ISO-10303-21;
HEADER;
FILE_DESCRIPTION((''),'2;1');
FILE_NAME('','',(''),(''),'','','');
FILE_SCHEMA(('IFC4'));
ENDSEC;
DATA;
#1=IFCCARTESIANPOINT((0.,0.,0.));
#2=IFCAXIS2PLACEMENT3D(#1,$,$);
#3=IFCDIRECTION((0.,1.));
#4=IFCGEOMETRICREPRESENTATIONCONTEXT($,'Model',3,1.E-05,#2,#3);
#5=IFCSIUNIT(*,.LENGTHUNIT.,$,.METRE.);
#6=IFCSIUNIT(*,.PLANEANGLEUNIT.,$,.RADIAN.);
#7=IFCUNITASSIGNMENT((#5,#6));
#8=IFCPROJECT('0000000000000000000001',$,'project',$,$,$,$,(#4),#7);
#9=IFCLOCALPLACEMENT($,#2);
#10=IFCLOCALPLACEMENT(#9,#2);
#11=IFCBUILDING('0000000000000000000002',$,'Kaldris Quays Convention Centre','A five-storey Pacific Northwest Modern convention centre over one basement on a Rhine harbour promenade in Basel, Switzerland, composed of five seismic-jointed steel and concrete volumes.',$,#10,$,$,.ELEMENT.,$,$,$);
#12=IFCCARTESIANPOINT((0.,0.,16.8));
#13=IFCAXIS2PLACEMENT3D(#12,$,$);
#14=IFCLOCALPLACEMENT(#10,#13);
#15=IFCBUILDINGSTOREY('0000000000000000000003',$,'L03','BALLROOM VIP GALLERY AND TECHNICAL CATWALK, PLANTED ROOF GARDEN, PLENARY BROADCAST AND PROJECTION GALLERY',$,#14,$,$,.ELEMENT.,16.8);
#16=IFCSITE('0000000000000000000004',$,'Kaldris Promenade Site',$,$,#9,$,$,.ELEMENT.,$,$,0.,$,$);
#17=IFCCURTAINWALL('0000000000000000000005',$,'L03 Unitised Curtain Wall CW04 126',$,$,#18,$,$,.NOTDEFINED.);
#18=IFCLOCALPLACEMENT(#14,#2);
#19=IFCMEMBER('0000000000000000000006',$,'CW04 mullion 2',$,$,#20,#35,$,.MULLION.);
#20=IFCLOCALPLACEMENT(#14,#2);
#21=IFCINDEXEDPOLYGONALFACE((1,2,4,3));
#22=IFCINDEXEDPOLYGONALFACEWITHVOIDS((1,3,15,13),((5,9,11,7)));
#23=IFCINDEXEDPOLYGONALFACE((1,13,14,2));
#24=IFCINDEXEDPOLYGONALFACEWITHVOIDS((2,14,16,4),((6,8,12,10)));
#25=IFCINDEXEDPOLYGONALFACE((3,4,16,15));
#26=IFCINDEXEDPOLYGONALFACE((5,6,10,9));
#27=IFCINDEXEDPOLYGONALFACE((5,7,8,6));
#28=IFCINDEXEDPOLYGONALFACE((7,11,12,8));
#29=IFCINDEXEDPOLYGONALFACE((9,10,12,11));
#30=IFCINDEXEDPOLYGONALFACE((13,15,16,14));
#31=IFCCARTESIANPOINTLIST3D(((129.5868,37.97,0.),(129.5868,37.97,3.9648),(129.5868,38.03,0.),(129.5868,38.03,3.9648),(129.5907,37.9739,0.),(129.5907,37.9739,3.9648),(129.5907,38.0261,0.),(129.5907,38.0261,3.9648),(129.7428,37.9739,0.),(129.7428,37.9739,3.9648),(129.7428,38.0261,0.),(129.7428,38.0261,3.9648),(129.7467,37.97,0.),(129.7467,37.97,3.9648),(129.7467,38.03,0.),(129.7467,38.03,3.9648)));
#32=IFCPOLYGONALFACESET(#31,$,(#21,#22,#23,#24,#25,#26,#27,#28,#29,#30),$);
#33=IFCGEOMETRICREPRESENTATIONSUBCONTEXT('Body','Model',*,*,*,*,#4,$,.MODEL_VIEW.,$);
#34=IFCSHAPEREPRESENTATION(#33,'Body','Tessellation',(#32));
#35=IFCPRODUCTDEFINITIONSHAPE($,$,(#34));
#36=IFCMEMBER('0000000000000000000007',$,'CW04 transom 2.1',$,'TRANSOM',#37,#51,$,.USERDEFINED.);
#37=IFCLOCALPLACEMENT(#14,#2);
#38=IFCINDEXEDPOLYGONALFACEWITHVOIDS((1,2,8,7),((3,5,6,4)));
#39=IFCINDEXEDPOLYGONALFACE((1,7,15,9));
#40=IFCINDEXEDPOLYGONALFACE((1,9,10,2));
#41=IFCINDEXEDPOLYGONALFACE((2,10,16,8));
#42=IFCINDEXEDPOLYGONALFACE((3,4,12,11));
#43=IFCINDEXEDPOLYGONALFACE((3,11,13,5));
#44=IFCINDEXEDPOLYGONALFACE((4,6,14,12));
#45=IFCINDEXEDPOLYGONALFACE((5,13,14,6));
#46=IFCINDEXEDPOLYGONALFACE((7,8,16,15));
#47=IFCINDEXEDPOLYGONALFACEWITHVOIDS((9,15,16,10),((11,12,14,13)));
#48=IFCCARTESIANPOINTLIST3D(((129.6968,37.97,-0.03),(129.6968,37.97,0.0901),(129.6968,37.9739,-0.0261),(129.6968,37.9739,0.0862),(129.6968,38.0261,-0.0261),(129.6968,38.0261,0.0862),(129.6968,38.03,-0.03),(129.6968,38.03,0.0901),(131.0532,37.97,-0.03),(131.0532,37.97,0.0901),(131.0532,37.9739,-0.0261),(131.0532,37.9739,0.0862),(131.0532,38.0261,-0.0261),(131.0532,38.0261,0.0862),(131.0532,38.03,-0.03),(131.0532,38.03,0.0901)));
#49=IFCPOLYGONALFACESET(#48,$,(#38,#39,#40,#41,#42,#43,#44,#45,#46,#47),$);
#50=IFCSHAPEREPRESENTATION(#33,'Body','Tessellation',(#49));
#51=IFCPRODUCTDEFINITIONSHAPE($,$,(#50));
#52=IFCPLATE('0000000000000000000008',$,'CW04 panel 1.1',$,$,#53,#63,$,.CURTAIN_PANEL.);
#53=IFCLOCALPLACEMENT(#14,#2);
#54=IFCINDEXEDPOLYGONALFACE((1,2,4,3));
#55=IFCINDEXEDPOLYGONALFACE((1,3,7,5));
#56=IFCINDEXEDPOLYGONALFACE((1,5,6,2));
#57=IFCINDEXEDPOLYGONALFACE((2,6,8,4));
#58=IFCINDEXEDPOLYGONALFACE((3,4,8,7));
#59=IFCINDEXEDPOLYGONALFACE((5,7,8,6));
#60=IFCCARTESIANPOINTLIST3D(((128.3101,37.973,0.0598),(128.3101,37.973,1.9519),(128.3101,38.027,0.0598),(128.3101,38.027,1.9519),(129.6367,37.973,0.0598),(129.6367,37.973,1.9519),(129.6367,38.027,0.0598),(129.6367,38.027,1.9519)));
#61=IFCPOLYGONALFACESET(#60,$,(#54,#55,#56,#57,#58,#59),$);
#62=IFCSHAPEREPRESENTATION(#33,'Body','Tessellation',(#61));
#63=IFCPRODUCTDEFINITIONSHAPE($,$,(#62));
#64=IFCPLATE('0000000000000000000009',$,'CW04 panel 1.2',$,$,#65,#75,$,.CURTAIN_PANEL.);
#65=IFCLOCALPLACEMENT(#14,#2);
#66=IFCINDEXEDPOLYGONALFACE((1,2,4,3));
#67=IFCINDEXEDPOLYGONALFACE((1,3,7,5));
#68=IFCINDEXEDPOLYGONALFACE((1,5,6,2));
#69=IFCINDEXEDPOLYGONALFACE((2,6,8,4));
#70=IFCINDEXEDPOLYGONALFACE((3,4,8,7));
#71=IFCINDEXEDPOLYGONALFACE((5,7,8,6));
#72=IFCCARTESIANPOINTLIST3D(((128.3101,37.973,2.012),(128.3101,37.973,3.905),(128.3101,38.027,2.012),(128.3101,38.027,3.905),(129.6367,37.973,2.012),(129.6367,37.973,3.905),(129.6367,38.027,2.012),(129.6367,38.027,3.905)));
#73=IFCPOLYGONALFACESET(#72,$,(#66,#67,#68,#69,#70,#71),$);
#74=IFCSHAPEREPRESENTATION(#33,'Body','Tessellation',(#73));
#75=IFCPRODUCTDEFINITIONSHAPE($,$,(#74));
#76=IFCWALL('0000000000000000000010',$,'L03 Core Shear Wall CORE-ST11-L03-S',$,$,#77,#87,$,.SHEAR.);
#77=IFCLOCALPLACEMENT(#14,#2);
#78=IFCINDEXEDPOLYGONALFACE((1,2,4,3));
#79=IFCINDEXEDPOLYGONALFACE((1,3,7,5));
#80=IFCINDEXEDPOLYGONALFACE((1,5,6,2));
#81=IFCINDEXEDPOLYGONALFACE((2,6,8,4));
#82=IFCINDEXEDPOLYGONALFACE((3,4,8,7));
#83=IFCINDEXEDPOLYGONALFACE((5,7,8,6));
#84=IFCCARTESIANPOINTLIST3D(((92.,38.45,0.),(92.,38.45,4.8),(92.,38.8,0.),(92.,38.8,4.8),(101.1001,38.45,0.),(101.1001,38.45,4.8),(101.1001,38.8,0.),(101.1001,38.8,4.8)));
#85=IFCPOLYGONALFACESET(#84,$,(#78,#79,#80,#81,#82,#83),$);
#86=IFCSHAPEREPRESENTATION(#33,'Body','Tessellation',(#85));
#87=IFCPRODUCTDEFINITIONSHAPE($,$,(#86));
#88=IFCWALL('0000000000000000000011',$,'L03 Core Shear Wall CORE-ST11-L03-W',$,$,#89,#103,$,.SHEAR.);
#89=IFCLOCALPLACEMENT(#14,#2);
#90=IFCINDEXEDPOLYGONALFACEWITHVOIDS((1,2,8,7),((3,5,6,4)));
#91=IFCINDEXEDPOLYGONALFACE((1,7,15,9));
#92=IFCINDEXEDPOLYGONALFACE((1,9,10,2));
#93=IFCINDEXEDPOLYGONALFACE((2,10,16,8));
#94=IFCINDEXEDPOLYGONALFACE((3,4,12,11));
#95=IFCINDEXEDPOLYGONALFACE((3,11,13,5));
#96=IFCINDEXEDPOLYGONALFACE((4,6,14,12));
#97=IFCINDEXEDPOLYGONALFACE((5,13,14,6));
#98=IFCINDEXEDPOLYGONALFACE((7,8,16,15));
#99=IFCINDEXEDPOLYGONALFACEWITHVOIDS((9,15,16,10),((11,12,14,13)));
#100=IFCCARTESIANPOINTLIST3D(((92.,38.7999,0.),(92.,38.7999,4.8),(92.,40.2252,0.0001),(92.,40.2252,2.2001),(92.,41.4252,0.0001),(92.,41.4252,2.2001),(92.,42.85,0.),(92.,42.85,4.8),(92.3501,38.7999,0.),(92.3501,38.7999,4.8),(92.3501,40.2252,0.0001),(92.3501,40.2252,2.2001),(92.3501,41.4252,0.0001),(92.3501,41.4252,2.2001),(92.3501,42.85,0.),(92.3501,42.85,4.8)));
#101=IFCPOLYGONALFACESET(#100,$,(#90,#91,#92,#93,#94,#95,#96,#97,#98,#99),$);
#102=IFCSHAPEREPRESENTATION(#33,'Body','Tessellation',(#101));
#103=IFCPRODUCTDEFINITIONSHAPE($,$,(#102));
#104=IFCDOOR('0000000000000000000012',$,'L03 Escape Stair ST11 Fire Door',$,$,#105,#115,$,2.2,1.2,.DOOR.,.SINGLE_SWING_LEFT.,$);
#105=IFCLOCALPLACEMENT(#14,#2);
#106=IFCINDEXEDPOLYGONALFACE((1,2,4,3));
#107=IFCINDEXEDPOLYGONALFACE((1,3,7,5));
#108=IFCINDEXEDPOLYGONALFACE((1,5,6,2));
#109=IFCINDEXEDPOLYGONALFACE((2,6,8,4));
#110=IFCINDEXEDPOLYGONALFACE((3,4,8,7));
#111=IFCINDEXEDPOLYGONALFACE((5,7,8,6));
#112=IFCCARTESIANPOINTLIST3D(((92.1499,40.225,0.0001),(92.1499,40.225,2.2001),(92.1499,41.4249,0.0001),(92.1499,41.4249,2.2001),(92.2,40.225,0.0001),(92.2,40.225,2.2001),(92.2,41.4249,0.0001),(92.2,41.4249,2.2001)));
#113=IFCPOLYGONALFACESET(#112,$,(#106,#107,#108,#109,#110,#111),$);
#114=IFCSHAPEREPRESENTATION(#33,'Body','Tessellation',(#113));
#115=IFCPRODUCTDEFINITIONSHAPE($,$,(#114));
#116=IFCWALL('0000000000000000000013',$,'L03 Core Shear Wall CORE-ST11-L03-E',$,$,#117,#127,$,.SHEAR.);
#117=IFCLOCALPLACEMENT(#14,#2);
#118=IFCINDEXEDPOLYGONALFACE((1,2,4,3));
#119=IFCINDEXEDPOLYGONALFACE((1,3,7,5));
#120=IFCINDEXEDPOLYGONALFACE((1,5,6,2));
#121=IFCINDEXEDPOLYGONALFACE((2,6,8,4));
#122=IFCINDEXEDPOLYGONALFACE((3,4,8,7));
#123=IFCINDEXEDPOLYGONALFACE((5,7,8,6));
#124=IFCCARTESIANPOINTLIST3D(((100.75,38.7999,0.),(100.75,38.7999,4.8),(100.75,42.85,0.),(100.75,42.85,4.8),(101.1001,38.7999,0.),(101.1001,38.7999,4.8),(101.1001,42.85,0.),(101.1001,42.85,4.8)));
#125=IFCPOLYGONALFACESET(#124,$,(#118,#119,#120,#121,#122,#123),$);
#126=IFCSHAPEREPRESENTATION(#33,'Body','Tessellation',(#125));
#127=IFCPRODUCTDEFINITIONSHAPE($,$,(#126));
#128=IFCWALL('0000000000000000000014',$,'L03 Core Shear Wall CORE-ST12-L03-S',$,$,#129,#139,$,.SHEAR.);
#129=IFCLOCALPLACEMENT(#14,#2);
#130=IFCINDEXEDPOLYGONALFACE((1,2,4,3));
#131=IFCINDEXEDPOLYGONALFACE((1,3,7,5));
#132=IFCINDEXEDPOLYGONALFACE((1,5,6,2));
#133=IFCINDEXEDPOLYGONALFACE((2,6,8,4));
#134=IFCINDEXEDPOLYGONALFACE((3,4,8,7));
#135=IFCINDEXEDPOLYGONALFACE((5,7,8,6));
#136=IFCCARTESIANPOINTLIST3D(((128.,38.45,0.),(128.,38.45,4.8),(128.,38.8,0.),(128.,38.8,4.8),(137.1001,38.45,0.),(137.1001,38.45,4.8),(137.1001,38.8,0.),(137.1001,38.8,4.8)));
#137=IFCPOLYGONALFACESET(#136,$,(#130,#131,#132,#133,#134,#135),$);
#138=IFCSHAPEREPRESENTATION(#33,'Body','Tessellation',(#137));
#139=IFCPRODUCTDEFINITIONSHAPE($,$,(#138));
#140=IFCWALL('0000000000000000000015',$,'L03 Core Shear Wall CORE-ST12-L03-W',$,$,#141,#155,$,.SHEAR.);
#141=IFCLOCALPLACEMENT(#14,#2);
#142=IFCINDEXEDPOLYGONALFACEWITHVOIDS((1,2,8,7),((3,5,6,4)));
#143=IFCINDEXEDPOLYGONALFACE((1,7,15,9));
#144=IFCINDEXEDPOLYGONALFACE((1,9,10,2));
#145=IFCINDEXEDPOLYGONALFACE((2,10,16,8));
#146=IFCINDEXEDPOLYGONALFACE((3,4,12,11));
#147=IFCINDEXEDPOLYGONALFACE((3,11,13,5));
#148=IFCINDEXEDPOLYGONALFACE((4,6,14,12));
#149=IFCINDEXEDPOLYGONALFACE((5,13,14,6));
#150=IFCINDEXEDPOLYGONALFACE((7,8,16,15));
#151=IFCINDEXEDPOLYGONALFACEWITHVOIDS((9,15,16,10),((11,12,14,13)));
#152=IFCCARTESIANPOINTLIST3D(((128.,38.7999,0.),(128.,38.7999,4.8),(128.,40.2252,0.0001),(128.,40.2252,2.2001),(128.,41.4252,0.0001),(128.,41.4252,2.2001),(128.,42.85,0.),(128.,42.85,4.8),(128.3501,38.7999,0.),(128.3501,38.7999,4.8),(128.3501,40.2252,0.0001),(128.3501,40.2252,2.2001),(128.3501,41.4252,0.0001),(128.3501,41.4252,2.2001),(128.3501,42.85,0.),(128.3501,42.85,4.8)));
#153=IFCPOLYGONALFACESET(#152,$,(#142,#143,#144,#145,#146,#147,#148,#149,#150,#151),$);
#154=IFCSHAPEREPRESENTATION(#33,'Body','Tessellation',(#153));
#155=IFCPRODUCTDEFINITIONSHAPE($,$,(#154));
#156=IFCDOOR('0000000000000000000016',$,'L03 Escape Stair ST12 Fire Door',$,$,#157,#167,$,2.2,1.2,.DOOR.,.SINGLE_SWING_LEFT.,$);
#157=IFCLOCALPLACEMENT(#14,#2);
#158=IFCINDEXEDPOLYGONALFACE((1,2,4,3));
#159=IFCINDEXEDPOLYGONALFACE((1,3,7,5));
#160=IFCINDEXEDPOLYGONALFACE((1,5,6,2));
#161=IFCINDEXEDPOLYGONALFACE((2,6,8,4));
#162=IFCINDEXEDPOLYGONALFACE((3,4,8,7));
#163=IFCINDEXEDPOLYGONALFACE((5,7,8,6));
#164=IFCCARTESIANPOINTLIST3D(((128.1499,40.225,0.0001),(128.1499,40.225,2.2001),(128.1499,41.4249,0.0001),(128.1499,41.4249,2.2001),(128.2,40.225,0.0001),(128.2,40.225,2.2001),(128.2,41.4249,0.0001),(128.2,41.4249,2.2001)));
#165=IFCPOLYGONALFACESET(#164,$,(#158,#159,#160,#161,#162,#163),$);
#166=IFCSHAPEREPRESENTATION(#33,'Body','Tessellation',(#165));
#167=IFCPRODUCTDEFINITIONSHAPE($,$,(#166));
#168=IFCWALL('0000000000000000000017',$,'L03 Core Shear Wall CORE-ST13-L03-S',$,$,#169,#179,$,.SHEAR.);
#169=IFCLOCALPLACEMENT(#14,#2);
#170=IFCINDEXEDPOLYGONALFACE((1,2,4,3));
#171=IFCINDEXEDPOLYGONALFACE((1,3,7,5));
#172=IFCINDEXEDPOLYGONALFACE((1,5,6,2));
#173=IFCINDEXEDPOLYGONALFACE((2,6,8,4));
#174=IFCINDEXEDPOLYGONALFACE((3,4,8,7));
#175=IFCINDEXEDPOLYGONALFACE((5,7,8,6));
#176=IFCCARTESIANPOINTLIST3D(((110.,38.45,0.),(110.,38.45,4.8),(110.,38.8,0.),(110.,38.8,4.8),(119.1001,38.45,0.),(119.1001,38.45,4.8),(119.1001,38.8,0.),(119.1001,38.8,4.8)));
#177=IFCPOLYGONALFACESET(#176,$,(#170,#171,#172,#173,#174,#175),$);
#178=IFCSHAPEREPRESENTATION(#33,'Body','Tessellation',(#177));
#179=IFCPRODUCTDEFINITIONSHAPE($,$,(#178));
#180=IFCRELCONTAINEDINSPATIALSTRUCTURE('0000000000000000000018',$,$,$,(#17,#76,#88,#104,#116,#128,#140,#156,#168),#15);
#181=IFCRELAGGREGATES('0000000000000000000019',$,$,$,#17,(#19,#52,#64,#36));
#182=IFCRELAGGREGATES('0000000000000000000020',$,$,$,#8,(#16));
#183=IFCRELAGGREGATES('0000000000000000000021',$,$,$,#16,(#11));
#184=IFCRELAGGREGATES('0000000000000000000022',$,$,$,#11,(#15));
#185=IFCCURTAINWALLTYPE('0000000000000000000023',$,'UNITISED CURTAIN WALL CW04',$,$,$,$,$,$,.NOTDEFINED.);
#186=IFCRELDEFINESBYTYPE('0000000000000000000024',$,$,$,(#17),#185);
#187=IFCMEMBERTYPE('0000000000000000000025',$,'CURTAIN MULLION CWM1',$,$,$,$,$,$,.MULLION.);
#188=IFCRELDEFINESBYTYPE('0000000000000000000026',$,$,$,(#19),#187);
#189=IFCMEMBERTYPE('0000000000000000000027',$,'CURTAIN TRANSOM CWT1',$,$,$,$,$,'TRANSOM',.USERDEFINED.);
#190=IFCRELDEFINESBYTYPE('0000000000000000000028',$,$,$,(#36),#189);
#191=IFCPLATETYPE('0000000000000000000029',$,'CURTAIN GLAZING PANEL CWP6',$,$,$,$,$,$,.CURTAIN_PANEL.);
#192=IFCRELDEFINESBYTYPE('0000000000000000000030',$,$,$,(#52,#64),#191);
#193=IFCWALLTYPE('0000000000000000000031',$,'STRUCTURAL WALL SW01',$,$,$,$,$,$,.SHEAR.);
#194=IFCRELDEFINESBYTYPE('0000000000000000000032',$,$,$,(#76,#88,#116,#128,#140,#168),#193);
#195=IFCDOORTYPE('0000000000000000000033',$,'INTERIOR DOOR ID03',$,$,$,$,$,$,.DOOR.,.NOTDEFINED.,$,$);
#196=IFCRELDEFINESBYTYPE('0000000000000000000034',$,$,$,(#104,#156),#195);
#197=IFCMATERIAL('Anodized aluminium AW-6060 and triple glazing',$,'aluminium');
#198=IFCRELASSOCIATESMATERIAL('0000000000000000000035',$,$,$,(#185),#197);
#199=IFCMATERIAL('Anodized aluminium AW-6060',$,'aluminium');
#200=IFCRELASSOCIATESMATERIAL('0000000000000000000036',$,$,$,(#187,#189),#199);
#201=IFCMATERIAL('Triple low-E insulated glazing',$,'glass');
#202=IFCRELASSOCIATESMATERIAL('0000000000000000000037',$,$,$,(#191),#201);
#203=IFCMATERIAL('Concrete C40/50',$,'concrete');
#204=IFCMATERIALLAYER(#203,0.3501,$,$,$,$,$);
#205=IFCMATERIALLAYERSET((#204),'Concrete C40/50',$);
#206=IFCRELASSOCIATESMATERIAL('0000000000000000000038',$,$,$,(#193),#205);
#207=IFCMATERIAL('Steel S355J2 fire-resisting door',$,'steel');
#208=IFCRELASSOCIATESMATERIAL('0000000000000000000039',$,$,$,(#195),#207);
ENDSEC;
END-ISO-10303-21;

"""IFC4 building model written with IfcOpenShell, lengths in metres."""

from ifc_helpers import new_model, si_unit, direction, frame, frame_2d, origin, origin_2d, place, context, subcontext, project, spatial, rectangle, hollow_rectangle, extrude, material, layer, layer_set, material_profile, profile_set, type_object, element, fill, aggregate, save


model = new_model("IFC4")

# Units and contexts
model_context = context("Model", 3, precision=1e-05, world=origin(), true_north=direction((0.0, 1.0)))
body_context = subcontext(model_context, "Body", "Model", "MODEL_VIEW")
ifc_project = project(units=[si_unit("LENGTHUNIT", "METRE"), si_unit("PLANEANGLEUNIT", "RADIAN")], contexts=[model_context])

# Site, building, storey
site_placement = place(None, origin())
site = spatial("IfcSite", under=ifc_project, at=site_placement, Name="Kaldris Promenade Site", CompositionType="ELEMENT", RefElevation=0.0)
building_placement = place(site_placement, origin())
building = spatial("IfcBuilding", under=site, at=building_placement, Name="Kaldris Quays Convention Centre", Description="A five-storey Pacific Northwest Modern convention centre over one basement on a Rhine harbour promenade in Basel, Switzerland, composed of five seismic-jointed steel and concrete volumes.", CompositionType="ELEMENT")
storey_placement = place(building_placement, frame((0.0, 0.0, 16.8)))
storey = spatial("IfcBuildingStorey", under=building, at=storey_placement, Name="L03", Description="BALLROOM VIP GALLERY AND TECHNICAL CATWALK, PLANTED ROOF GARDEN, PLENARY BROADCAST AND PROJECTION GALLERY", CompositionType="ELEMENT", Elevation=16.8)

# Curtain wall, members, plates
ifc_material_1 = material(Name="Anodized aluminium AW-6060 and triple glazing", Category="aluminium")
curtain_wall_type = type_object("IfcCurtainWallType", Name="UNITISED CURTAIN WALL CW04", PredefinedType="NOTDEFINED", material=ifc_material_1)
curtain_wall_placement = place(storey_placement, origin())
curtain_wall = element("IfcCurtainWall", 1, at=curtain_wall_placement, inside=storey, type_object=curtain_wall_type, Name="L03 Unitised Curtain Wall CW04 126", PredefinedType="NOTDEFINED")
ifc_material_2 = material(Name="Anodized aluminium AW-6060", Category="aluminium")
ifc_material_profile_1 = material_profile(ifc_material_2, hollow_rectangle(XDim=0.0601, YDim=0.1599, WallThickness=0.0039, at=origin_2d()), Name="RHS 160x60x4")
ifc_profile_set_1 = profile_set([ifc_material_profile_1], Name="Anodized aluminium AW-6060")
member_type_1 = type_object("IfcMemberType", Name="CURTAIN MULLION CWM1", PredefinedType="MULLION", material=ifc_profile_set_1)
member_1_placement = place(storey_placement, frame((129.6667, 38.0, 0.0), z_axis=(0.0, 0.0, 1.0), x_axis=(0.0, 1.0, 0.0)))
member_1 = element("IfcMember", 2, at=member_1_placement, type_object=member_type_1, Name="CW04 mullion 2", PredefinedType="MULLION", context=body_context, shape_type="SweptSolid", body=[
    extrude(hollow_rectangle(XDim=0.0601, YDim=0.1599, WallThickness=0.0039, at=origin_2d()), origin(), (0.0, 0.0, 1.0), 3.9648),
])
ifc_material_profile_2 = material_profile(ifc_material_2, hollow_rectangle(XDim=0.0601, YDim=0.1201, WallThickness=0.0039, at=origin_2d()), Name="RHS 120x60x4")
ifc_profile_set_2 = profile_set([ifc_material_profile_2], Name="Anodized aluminium AW-6060")
member_type_2 = type_object("IfcMemberType", Name="CURTAIN TRANSOM CWT1", ElementType="TRANSOM", PredefinedType="USERDEFINED", material=ifc_profile_set_2)
member_2_placement = place(storey_placement, frame((129.6968, 38.0, 0.03), z_axis=(1.0, 0.0, 0.0), x_axis=(0.0, 1.0, 0.0)))
member_2 = element("IfcMember", 3, at=member_2_placement, type_object=member_type_2, Name="CW04 transom 2.1", ObjectType="TRANSOM", PredefinedType="USERDEFINED", context=body_context, shape_type="SweptSolid", body=[
    extrude(hollow_rectangle(XDim=0.0601, YDim=0.1201, WallThickness=0.0039, at=origin_2d()), origin(), (0.0, 0.0, 1.0), 1.3564),
])
ifc_material_3 = material(Name="Triple low-E insulated glazing", Category="glass")
plate_type = type_object("IfcPlateType", Name="CURTAIN GLAZING PANEL CWP6", PredefinedType="CURTAIN_PANEL", material=ifc_material_3)
plate_1_placement = place(storey_placement, frame((128.9734, 38.0, 0.0598), z_axis=(0.0, 0.0, 1.0), x_axis=(1.0, 0.0, 0.0)))
plate_1 = element("IfcPlate", 4, at=plate_1_placement, type_object=plate_type, Name="CW04 panel 1.1", PredefinedType="CURTAIN_PANEL", context=body_context, shape_type="SweptSolid", body=[
    extrude(rectangle(XDim=1.3267, YDim=0.054, at=origin_2d()), origin(), (0.0, 0.0, 1.0), 1.8921),
])
plate_2_placement = place(storey_placement, frame((128.9734, 38.0, 2.012), z_axis=(0.0, 0.0, 1.0), x_axis=(1.0, 0.0, 0.0)))
plate_2 = element("IfcPlate", 5, at=plate_2_placement, type_object=plate_type, Name="CW04 panel 1.2", PredefinedType="CURTAIN_PANEL", context=body_context, shape_type="SweptSolid", body=[
    extrude(rectangle(XDim=1.3267, YDim=0.054, at=origin_2d()), origin(), (0.0, 0.0, 1.0), 1.8931),
])
aggregate(curtain_wall, [member_1, plate_1, plate_2, member_2])

# Wall
ifc_material_4 = material(Name="Concrete C40/50", Category="concrete")
ifc_layer_1 = layer(ifc_material_4, 0.3501)
ifc_layer_set_1 = layer_set([ifc_layer_1], Name="Concrete C40/50")
wall_type_1 = type_object("IfcWallType", Name="STRUCTURAL WALL SW01", PredefinedType="SHEAR", material=ifc_layer_set_1)
wall_1_placement = place(storey_placement, frame((92.0, 38.625, 0.0), z_axis=(0.0, 0.0, 1.0), x_axis=(1.0, 0.0, 0.0)))
element("IfcWall", 6, at=wall_1_placement, inside=storey, type_object=wall_type_1, Name="L03 Core Shear Wall CORE-ST11-L03-S", PredefinedType="SHEAR", context=body_context, shape_type="SweptSolid", body=[
    extrude(rectangle(XDim=9.1001, YDim=0.3501, at=frame_2d((4.55, 0.0))), origin(), (0.0, 0.0, 1.0), 4.8),
])

# Wall, opening, door
wall_2_placement = place(storey_placement, frame((92.175, 38.8, 0.0), z_axis=(0.0, 0.0, 1.0), x_axis=(0.0, 1.0, 0.0)))
wall_2 = element("IfcWall", 7, at=wall_2_placement, inside=storey, type_object=wall_type_1, Name="L03 Core Shear Wall CORE-ST11-L03-W", PredefinedType="SHEAR", context=body_context, shape_type="SweptSolid", body=[
    extrude(rectangle(XDim=4.05, YDim=0.3501, at=frame_2d((2.0249, 0.0))), origin(), (0.0, 0.0, 1.0), 4.8),
])
opening_1_placement = place(wall_2_placement, frame((1.425, 0.0, 0.0)))
opening_1 = element("IfcOpeningElement", 8, at=opening_1_placement, cuts=wall_2, PredefinedType="OPENING", context=body_context, shape_type="SweptSolid", body=[
    extrude(rectangle(XDim=1.2, YDim=2.2, at=frame_2d((0.6001, 1.1001))), frame((0.0, 0.1851, 0.0), z_axis=(0.0, -1.0, 0.0), x_axis=(1.0, 0.0, 0.0)), (0.0, 0.0, 1.0), 0.3701),
])
ifc_material_5 = material(Name="Steel S355J2 fire-resisting door", Category="steel")
door_type = type_object("IfcDoorType", Name="INTERIOR DOOR ID03", OperationType="NOTDEFINED", PredefinedType="DOOR", material=ifc_material_5)
door_1_placement = place(opening_1_placement, frame((1.2, 0.0, 0.0), z_axis=(0.0, 0.0, 1.0), x_axis=(-1.0, 0.0, 0.0)))
door_1 = element("IfcDoor", 9, at=door_1_placement, inside=storey, type_object=door_type, Name="L03 Escape Stair ST11 Fire Door", OperationType="SINGLE_SWING_LEFT", OverallHeight=2.2, OverallWidth=1.2, PredefinedType="DOOR", context=body_context, shape_type="SweptSolid", body=[
    extrude(rectangle(XDim=1.2, YDim=2.2, at=frame_2d((0.6001, 1.1001))), frame((0.0, 0.0249, 0.0), z_axis=(0.0, -1.0, 0.0), x_axis=(1.0, 0.0, 0.0)), (0.0, 0.0, 1.0), 0.05),
])
fill(opening_1, door_1)

# Walls
wall_3_placement = place(storey_placement, frame((100.925, 38.8, 0.0), z_axis=(0.0, 0.0, 1.0), x_axis=(0.0, 1.0, 0.0)))
element("IfcWall", 10, at=wall_3_placement, inside=storey, type_object=wall_type_1, Name="L03 Core Shear Wall CORE-ST11-L03-E", PredefinedType="SHEAR", context=body_context, shape_type="SweptSolid", body=[
    extrude(rectangle(XDim=4.05, YDim=0.3501, at=frame_2d((2.0249, 0.0))), origin(), (0.0, 0.0, 1.0), 4.8),
])
wall_4_placement = place(storey_placement, frame((128.0, 38.625, 0.0), z_axis=(0.0, 0.0, 1.0), x_axis=(1.0, 0.0, 0.0)))
element("IfcWall", 11, at=wall_4_placement, inside=storey, type_object=wall_type_1, Name="L03 Core Shear Wall CORE-ST12-L03-S", PredefinedType="SHEAR", context=body_context, shape_type="SweptSolid", body=[
    extrude(rectangle(XDim=9.1001, YDim=0.3501, at=frame_2d((4.55, 0.0))), origin(), (0.0, 0.0, 1.0), 4.8),
])

# Wall, opening, door
wall_5_placement = place(storey_placement, frame((128.175, 38.8, 0.0), z_axis=(0.0, 0.0, 1.0), x_axis=(0.0, 1.0, 0.0)))
wall_5 = element("IfcWall", 12, at=wall_5_placement, inside=storey, type_object=wall_type_1, Name="L03 Core Shear Wall CORE-ST12-L03-W", PredefinedType="SHEAR", context=body_context, shape_type="SweptSolid", body=[
    extrude(rectangle(XDim=4.05, YDim=0.3501, at=frame_2d((2.0249, 0.0))), origin(), (0.0, 0.0, 1.0), 4.8),
])
opening_2_placement = place(wall_5_placement, frame((1.425, 0.0, 0.0)))
opening_2 = element("IfcOpeningElement", 13, at=opening_2_placement, cuts=wall_5, PredefinedType="OPENING", context=body_context, shape_type="SweptSolid", body=[
    extrude(rectangle(XDim=1.2, YDim=2.2, at=frame_2d((0.6001, 1.1001))), frame((0.0, 0.1851, 0.0), z_axis=(0.0, -1.0, 0.0), x_axis=(1.0, 0.0, 0.0)), (0.0, 0.0, 1.0), 0.3701),
])
door_2_placement = place(opening_2_placement, frame((1.2, 0.0, 0.0), z_axis=(0.0, 0.0, 1.0), x_axis=(-1.0, 0.0, 0.0)))
door_2 = element("IfcDoor", 14, at=door_2_placement, inside=storey, type_object=door_type, Name="L03 Escape Stair ST12 Fire Door", OperationType="SINGLE_SWING_LEFT", OverallHeight=2.2, OverallWidth=1.2, PredefinedType="DOOR", context=body_context, shape_type="SweptSolid", body=[
    extrude(rectangle(XDim=1.2, YDim=2.2, at=frame_2d((0.6001, 1.1001))), frame((0.0, 0.0249, 0.0), z_axis=(0.0, -1.0, 0.0), x_axis=(1.0, 0.0, 0.0)), (0.0, 0.0, 1.0), 0.05),
])
fill(opening_2, door_2)

# Wall
wall_6_placement = place(storey_placement, frame((110.0, 38.625, 0.0), z_axis=(0.0, 0.0, 1.0), x_axis=(1.0, 0.0, 0.0)))
element("IfcWall", 15, at=wall_6_placement, inside=storey, type_object=wall_type_1, Name="L03 Core Shear Wall CORE-ST13-L03-S", PredefinedType="SHEAR", context=body_context, shape_type="SweptSolid", body=[
    extrude(rectangle(XDim=9.1001, YDim=0.3501, at=frame_2d((4.55, 0.0))), origin(), (0.0, 0.0, 1.0), 4.8),
])

save(model, "model.ifc")
